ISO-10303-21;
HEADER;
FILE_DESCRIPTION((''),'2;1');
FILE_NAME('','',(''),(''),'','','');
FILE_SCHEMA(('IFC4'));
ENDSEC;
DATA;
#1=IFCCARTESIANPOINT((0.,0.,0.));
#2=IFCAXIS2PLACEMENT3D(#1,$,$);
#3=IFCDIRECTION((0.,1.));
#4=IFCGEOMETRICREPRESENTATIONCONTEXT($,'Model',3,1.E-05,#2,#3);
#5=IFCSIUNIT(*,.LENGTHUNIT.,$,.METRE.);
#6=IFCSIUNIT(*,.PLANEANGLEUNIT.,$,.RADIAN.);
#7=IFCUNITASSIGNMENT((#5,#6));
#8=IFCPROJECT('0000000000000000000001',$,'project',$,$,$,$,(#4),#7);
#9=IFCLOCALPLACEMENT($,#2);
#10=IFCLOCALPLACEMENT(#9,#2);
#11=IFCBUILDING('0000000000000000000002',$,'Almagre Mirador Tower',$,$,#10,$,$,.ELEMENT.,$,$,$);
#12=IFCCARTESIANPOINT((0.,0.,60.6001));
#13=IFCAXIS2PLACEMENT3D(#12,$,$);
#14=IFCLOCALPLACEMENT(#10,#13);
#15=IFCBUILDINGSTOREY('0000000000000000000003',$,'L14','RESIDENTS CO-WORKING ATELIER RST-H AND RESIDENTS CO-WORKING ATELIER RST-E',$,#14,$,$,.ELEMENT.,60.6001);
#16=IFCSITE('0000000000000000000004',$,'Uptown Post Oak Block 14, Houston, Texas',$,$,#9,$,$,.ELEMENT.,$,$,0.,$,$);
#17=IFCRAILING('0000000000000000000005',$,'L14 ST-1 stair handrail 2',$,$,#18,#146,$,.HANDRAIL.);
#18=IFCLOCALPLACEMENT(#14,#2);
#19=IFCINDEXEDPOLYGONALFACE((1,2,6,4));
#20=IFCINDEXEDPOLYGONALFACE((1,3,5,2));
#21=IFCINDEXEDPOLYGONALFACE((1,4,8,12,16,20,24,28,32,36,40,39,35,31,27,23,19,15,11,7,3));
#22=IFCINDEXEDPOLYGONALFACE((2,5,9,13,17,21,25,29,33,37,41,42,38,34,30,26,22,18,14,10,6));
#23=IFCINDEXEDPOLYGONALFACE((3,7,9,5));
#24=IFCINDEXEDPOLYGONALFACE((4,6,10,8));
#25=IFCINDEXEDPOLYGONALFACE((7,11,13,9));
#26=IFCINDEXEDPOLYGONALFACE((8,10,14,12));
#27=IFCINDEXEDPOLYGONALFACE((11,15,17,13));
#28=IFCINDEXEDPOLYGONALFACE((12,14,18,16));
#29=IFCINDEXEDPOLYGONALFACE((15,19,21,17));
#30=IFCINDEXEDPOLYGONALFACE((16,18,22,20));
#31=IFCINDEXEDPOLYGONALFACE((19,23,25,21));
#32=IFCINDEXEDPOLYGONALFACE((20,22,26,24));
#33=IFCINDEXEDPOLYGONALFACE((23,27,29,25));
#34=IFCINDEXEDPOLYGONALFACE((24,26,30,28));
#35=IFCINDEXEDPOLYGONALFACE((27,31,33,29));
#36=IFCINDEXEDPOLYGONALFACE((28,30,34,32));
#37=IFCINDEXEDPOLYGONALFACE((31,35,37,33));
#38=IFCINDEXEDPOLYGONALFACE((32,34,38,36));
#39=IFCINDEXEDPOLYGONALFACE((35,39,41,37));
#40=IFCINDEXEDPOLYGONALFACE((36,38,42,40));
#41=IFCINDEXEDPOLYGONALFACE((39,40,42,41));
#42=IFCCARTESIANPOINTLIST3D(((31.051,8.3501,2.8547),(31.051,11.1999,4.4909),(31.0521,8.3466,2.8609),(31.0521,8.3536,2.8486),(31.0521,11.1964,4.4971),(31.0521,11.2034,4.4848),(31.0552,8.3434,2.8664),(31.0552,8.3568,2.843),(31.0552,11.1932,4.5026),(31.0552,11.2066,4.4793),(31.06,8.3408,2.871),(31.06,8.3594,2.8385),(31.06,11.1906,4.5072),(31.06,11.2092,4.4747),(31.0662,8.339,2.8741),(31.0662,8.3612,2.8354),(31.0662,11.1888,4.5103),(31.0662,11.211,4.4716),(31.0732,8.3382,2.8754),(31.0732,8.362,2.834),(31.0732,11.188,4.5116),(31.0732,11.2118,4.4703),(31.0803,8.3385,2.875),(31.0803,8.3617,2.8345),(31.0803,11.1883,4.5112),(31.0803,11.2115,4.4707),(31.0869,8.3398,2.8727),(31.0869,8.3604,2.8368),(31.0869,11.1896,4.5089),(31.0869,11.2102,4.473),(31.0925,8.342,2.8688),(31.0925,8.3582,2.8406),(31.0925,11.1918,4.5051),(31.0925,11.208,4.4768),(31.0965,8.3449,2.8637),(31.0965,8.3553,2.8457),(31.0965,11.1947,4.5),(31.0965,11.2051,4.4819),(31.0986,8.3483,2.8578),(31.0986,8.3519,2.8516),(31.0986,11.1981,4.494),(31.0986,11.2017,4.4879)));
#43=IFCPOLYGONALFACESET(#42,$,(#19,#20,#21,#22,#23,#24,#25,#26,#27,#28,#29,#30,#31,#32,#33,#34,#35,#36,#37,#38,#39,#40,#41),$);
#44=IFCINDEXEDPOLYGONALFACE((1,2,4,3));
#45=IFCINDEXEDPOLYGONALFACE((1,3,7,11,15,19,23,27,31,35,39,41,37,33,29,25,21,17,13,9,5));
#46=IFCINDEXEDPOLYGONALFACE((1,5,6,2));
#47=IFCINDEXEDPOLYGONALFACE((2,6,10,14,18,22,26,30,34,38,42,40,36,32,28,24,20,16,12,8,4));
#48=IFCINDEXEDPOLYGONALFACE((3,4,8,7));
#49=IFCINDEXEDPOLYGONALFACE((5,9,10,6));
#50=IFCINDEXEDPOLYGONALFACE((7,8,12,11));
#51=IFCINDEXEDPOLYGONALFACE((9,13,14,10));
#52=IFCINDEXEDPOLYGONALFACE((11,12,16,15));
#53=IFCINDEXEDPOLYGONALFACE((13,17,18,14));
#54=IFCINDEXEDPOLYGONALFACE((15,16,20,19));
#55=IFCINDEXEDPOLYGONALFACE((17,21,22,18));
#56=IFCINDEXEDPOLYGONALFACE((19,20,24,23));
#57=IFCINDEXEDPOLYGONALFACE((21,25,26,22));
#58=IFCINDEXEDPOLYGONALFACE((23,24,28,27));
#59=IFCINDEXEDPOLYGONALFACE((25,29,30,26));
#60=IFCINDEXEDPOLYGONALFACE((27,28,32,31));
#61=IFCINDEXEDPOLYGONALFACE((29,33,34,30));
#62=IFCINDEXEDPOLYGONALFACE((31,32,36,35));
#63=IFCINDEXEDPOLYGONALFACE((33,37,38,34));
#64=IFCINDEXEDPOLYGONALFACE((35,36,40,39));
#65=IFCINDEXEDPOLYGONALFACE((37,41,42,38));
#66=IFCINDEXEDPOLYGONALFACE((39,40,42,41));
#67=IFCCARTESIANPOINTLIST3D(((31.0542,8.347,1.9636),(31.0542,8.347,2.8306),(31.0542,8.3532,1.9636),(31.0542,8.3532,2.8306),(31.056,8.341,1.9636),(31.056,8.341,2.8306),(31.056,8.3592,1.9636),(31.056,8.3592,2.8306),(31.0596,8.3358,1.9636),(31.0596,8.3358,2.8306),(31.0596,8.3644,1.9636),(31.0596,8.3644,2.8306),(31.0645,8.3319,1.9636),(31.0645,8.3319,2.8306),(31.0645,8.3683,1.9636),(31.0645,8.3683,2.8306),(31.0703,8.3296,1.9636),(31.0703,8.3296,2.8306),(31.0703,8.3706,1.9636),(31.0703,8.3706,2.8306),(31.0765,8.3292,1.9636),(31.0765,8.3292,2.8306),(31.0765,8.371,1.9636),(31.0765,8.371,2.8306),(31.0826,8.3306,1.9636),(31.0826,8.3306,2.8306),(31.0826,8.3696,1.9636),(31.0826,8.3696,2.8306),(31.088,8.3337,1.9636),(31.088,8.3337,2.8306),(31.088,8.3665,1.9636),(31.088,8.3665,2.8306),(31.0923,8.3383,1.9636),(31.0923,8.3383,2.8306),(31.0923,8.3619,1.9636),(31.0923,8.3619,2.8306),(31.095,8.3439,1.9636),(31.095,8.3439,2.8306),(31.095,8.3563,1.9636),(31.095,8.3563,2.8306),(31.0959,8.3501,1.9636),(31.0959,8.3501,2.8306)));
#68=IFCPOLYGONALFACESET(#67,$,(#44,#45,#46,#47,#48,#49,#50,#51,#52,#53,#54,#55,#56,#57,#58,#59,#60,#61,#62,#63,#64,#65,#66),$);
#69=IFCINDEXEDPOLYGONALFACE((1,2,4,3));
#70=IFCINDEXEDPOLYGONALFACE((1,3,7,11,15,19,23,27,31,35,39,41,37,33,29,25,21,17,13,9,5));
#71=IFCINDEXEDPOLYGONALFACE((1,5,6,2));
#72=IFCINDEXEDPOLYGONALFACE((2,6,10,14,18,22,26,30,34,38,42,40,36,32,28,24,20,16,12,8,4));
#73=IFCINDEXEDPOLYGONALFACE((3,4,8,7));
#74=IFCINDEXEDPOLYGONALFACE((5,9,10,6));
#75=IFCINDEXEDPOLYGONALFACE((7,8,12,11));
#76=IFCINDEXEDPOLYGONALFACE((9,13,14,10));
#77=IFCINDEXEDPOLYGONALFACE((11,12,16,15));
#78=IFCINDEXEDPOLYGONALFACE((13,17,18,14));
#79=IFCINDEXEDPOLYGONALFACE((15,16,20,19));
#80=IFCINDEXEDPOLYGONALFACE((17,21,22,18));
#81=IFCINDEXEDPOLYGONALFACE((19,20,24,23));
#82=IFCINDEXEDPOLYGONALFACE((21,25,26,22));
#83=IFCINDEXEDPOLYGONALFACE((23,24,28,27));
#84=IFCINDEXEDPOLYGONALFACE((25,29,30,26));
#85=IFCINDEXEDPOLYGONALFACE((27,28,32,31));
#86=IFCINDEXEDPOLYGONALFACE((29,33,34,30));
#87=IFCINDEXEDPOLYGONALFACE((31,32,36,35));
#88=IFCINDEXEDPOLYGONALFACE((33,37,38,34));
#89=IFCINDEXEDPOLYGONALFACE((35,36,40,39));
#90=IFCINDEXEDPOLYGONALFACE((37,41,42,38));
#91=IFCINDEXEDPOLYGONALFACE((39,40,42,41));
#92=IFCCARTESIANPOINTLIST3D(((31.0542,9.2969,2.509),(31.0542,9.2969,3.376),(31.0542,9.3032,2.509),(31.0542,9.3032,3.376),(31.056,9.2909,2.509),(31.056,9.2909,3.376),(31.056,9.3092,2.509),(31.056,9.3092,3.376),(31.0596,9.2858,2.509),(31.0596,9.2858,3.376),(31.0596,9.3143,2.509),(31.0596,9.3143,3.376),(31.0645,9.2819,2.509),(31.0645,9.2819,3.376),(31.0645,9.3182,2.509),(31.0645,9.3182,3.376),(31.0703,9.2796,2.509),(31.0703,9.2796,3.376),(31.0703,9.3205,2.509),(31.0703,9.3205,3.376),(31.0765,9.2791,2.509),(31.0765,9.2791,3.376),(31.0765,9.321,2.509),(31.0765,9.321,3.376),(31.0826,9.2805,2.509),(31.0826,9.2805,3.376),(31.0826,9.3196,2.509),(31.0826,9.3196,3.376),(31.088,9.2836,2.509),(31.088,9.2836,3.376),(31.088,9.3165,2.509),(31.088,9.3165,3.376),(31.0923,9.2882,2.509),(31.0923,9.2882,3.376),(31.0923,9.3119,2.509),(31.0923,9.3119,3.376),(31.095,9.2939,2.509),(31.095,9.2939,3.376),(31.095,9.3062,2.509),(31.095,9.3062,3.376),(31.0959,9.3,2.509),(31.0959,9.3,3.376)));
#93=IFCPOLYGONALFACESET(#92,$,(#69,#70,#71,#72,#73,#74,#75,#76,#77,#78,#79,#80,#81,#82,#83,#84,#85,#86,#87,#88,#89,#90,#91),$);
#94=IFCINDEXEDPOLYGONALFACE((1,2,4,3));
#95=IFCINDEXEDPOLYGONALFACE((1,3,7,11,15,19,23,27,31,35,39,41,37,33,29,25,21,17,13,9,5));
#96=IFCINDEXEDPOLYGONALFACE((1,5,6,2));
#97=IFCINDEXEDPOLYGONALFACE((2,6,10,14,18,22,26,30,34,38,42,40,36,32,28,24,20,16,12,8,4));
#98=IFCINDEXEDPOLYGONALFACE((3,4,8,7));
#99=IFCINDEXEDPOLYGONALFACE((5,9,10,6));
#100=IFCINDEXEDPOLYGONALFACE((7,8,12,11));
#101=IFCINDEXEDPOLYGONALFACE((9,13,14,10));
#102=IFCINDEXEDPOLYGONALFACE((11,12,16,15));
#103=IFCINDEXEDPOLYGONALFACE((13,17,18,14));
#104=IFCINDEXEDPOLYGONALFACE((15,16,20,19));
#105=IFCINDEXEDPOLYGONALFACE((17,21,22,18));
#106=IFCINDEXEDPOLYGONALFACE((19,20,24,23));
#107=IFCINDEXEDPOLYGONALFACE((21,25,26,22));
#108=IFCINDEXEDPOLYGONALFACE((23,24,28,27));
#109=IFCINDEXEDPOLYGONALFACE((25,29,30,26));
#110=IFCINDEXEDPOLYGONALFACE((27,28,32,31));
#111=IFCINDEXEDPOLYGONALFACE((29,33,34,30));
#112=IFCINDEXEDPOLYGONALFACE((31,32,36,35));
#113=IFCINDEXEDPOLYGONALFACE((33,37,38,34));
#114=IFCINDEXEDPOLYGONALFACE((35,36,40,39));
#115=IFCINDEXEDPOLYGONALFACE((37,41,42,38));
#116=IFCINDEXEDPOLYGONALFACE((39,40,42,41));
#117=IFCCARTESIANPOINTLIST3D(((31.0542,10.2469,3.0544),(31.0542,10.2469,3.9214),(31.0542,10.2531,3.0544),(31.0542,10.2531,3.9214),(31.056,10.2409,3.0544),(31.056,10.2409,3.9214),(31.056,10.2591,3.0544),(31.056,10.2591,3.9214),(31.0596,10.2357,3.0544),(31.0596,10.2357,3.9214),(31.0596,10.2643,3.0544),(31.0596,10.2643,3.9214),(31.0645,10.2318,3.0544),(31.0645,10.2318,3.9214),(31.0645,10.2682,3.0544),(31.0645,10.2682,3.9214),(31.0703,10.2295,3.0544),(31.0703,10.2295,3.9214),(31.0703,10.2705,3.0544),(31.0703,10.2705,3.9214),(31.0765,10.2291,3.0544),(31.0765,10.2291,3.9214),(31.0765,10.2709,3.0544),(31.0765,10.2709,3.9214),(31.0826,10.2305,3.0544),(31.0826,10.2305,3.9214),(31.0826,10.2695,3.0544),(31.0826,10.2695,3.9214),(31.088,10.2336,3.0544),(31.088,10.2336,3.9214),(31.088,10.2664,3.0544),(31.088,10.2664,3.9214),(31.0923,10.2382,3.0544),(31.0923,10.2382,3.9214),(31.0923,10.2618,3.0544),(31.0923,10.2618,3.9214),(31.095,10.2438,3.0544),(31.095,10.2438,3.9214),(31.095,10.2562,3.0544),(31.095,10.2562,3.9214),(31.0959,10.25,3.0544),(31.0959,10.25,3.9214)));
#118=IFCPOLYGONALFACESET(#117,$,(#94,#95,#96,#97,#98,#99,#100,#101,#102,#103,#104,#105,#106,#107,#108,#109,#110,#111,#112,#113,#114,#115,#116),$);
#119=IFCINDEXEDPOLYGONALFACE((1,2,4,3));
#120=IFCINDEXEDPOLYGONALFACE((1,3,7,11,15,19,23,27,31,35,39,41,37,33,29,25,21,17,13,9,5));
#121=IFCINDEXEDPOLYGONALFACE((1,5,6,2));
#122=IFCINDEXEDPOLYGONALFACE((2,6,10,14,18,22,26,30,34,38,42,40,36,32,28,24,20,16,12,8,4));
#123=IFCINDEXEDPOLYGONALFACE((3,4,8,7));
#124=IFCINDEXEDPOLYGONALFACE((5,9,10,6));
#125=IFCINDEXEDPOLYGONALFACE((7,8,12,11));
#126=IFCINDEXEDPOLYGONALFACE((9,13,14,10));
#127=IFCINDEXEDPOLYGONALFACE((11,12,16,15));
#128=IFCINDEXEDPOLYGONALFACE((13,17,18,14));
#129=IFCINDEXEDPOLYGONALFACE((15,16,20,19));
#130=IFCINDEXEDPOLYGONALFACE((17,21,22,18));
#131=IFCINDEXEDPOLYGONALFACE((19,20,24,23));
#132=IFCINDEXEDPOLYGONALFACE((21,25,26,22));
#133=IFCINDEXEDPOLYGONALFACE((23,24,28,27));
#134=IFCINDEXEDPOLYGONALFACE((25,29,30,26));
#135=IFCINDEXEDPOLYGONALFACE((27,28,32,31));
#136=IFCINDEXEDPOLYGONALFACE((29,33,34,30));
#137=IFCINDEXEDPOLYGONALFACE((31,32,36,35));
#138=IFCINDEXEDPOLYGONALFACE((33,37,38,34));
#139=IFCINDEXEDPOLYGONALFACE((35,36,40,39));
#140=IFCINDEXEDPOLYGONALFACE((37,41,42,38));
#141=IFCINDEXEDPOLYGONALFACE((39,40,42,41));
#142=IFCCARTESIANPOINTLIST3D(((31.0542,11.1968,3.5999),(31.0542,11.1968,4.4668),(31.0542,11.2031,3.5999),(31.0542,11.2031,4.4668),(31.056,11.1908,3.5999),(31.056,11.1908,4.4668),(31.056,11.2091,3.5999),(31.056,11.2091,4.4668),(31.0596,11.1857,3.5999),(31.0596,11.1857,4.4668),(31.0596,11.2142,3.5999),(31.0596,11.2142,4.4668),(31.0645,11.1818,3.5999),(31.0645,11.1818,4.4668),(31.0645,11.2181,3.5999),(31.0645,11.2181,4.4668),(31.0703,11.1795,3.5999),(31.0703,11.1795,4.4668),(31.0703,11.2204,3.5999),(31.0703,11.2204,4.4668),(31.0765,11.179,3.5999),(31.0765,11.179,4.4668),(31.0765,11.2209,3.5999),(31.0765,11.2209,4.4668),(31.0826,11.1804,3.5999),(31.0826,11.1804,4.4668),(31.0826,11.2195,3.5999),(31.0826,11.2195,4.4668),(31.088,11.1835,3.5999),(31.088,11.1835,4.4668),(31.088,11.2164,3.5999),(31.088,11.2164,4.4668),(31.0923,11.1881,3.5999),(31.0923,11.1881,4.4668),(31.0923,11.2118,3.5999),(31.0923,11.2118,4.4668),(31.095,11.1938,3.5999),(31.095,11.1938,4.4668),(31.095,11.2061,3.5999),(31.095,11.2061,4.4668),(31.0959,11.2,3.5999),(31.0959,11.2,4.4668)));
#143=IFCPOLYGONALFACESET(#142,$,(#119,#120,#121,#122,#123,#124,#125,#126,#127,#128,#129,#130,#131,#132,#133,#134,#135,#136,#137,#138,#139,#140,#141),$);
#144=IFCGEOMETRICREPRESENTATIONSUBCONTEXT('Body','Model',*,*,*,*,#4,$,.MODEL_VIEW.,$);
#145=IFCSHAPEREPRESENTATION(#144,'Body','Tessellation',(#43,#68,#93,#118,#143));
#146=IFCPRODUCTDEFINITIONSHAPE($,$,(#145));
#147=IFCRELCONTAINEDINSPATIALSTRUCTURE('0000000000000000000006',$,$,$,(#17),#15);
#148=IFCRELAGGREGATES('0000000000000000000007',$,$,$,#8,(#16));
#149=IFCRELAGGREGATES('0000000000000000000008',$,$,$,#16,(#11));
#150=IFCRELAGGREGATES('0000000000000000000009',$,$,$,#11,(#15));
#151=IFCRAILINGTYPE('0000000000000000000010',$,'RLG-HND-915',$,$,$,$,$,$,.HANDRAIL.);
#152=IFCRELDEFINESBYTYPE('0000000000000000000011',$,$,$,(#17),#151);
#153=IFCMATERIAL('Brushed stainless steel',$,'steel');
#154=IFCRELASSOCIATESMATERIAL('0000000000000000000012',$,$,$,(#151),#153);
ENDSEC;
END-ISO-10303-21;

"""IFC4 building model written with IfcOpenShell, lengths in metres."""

from ifc_helpers import new_model, si_unit, direction, frame, origin, origin_2d, place, context, subcontext, project, spatial, circle, extrude, material, type_object, element, save


model = new_model("IFC4")

# Units and contexts
model_context = context("Model", 3, precision=1e-05, world=origin(), true_north=direction((0.0, 1.0)))
body_context = subcontext(model_context, "Body", "Model", "MODEL_VIEW")
ifc_project = project(units=[si_unit("LENGTHUNIT", "METRE"), si_unit("PLANEANGLEUNIT", "RADIAN")], contexts=[model_context])

# Site, building, storey
site_placement = place(None, origin())
site = spatial("IfcSite", under=ifc_project, at=site_placement, Name="Uptown Post Oak Block 14, Houston, Texas", CompositionType="ELEMENT", RefElevation=0.0)
building_placement = place(site_placement, origin())
building = spatial("IfcBuilding", under=site, at=building_placement, Name="Almagre Mirador Tower", CompositionType="ELEMENT")
storey_placement = place(building_placement, frame((0.0, 0.0, 60.6001)))
storey = spatial("IfcBuildingStorey", under=building, at=storey_placement, Name="L14", Description="RESIDENTS CO-WORKING ATELIER RST-H AND RESIDENTS CO-WORKING ATELIER RST-E", CompositionType="ELEMENT", Elevation=60.6001)

# Railing
ifc_material_1 = material(Name="Brushed stainless steel", Category="steel")
railing_type_1 = type_object("IfcRailingType", Name="RLG-HND-915", PredefinedType="HANDRAIL", material=ifc_material_1)
railing_1_placement = place(storey_placement, frame((31.075, 8.3501, 1.9636)))
element("IfcRailing", 1, at=railing_1_placement, inside=storey, type_object=railing_type_1, Name="L14 ST-1 stair handrail 2", PredefinedType="HANDRAIL", context=body_context, shape_type="SweptSolid", body=[
    extrude(circle(Radius=0.0239, at=origin_2d()), frame((0.0, 0.0, 0.8911), z_axis=(0.0, 0.867226, 0.497914), x_axis=(-1.0, 0.0, 0.0)), (0.0, 0.0, 1.0), 3.2861),
    extrude(circle(Radius=0.021, at=origin_2d()), origin(), (0.0, 0.0, 1.0), 0.8669),
    extrude(circle(Radius=0.021, at=origin_2d()), frame((0.0, 0.95, 0.5454)), (0.0, 0.0, 1.0), 0.8669),
    extrude(circle(Radius=0.021, at=origin_2d()), frame((0.0, 1.8999, 1.0908)), (0.0, 0.0, 1.0), 0.8669),
    extrude(circle(Radius=0.021, at=origin_2d()), frame((0.0, 2.8499, 1.6362)), (0.0, 0.0, 1.0), 0.8669),
])

save(model, "model.ifc")
